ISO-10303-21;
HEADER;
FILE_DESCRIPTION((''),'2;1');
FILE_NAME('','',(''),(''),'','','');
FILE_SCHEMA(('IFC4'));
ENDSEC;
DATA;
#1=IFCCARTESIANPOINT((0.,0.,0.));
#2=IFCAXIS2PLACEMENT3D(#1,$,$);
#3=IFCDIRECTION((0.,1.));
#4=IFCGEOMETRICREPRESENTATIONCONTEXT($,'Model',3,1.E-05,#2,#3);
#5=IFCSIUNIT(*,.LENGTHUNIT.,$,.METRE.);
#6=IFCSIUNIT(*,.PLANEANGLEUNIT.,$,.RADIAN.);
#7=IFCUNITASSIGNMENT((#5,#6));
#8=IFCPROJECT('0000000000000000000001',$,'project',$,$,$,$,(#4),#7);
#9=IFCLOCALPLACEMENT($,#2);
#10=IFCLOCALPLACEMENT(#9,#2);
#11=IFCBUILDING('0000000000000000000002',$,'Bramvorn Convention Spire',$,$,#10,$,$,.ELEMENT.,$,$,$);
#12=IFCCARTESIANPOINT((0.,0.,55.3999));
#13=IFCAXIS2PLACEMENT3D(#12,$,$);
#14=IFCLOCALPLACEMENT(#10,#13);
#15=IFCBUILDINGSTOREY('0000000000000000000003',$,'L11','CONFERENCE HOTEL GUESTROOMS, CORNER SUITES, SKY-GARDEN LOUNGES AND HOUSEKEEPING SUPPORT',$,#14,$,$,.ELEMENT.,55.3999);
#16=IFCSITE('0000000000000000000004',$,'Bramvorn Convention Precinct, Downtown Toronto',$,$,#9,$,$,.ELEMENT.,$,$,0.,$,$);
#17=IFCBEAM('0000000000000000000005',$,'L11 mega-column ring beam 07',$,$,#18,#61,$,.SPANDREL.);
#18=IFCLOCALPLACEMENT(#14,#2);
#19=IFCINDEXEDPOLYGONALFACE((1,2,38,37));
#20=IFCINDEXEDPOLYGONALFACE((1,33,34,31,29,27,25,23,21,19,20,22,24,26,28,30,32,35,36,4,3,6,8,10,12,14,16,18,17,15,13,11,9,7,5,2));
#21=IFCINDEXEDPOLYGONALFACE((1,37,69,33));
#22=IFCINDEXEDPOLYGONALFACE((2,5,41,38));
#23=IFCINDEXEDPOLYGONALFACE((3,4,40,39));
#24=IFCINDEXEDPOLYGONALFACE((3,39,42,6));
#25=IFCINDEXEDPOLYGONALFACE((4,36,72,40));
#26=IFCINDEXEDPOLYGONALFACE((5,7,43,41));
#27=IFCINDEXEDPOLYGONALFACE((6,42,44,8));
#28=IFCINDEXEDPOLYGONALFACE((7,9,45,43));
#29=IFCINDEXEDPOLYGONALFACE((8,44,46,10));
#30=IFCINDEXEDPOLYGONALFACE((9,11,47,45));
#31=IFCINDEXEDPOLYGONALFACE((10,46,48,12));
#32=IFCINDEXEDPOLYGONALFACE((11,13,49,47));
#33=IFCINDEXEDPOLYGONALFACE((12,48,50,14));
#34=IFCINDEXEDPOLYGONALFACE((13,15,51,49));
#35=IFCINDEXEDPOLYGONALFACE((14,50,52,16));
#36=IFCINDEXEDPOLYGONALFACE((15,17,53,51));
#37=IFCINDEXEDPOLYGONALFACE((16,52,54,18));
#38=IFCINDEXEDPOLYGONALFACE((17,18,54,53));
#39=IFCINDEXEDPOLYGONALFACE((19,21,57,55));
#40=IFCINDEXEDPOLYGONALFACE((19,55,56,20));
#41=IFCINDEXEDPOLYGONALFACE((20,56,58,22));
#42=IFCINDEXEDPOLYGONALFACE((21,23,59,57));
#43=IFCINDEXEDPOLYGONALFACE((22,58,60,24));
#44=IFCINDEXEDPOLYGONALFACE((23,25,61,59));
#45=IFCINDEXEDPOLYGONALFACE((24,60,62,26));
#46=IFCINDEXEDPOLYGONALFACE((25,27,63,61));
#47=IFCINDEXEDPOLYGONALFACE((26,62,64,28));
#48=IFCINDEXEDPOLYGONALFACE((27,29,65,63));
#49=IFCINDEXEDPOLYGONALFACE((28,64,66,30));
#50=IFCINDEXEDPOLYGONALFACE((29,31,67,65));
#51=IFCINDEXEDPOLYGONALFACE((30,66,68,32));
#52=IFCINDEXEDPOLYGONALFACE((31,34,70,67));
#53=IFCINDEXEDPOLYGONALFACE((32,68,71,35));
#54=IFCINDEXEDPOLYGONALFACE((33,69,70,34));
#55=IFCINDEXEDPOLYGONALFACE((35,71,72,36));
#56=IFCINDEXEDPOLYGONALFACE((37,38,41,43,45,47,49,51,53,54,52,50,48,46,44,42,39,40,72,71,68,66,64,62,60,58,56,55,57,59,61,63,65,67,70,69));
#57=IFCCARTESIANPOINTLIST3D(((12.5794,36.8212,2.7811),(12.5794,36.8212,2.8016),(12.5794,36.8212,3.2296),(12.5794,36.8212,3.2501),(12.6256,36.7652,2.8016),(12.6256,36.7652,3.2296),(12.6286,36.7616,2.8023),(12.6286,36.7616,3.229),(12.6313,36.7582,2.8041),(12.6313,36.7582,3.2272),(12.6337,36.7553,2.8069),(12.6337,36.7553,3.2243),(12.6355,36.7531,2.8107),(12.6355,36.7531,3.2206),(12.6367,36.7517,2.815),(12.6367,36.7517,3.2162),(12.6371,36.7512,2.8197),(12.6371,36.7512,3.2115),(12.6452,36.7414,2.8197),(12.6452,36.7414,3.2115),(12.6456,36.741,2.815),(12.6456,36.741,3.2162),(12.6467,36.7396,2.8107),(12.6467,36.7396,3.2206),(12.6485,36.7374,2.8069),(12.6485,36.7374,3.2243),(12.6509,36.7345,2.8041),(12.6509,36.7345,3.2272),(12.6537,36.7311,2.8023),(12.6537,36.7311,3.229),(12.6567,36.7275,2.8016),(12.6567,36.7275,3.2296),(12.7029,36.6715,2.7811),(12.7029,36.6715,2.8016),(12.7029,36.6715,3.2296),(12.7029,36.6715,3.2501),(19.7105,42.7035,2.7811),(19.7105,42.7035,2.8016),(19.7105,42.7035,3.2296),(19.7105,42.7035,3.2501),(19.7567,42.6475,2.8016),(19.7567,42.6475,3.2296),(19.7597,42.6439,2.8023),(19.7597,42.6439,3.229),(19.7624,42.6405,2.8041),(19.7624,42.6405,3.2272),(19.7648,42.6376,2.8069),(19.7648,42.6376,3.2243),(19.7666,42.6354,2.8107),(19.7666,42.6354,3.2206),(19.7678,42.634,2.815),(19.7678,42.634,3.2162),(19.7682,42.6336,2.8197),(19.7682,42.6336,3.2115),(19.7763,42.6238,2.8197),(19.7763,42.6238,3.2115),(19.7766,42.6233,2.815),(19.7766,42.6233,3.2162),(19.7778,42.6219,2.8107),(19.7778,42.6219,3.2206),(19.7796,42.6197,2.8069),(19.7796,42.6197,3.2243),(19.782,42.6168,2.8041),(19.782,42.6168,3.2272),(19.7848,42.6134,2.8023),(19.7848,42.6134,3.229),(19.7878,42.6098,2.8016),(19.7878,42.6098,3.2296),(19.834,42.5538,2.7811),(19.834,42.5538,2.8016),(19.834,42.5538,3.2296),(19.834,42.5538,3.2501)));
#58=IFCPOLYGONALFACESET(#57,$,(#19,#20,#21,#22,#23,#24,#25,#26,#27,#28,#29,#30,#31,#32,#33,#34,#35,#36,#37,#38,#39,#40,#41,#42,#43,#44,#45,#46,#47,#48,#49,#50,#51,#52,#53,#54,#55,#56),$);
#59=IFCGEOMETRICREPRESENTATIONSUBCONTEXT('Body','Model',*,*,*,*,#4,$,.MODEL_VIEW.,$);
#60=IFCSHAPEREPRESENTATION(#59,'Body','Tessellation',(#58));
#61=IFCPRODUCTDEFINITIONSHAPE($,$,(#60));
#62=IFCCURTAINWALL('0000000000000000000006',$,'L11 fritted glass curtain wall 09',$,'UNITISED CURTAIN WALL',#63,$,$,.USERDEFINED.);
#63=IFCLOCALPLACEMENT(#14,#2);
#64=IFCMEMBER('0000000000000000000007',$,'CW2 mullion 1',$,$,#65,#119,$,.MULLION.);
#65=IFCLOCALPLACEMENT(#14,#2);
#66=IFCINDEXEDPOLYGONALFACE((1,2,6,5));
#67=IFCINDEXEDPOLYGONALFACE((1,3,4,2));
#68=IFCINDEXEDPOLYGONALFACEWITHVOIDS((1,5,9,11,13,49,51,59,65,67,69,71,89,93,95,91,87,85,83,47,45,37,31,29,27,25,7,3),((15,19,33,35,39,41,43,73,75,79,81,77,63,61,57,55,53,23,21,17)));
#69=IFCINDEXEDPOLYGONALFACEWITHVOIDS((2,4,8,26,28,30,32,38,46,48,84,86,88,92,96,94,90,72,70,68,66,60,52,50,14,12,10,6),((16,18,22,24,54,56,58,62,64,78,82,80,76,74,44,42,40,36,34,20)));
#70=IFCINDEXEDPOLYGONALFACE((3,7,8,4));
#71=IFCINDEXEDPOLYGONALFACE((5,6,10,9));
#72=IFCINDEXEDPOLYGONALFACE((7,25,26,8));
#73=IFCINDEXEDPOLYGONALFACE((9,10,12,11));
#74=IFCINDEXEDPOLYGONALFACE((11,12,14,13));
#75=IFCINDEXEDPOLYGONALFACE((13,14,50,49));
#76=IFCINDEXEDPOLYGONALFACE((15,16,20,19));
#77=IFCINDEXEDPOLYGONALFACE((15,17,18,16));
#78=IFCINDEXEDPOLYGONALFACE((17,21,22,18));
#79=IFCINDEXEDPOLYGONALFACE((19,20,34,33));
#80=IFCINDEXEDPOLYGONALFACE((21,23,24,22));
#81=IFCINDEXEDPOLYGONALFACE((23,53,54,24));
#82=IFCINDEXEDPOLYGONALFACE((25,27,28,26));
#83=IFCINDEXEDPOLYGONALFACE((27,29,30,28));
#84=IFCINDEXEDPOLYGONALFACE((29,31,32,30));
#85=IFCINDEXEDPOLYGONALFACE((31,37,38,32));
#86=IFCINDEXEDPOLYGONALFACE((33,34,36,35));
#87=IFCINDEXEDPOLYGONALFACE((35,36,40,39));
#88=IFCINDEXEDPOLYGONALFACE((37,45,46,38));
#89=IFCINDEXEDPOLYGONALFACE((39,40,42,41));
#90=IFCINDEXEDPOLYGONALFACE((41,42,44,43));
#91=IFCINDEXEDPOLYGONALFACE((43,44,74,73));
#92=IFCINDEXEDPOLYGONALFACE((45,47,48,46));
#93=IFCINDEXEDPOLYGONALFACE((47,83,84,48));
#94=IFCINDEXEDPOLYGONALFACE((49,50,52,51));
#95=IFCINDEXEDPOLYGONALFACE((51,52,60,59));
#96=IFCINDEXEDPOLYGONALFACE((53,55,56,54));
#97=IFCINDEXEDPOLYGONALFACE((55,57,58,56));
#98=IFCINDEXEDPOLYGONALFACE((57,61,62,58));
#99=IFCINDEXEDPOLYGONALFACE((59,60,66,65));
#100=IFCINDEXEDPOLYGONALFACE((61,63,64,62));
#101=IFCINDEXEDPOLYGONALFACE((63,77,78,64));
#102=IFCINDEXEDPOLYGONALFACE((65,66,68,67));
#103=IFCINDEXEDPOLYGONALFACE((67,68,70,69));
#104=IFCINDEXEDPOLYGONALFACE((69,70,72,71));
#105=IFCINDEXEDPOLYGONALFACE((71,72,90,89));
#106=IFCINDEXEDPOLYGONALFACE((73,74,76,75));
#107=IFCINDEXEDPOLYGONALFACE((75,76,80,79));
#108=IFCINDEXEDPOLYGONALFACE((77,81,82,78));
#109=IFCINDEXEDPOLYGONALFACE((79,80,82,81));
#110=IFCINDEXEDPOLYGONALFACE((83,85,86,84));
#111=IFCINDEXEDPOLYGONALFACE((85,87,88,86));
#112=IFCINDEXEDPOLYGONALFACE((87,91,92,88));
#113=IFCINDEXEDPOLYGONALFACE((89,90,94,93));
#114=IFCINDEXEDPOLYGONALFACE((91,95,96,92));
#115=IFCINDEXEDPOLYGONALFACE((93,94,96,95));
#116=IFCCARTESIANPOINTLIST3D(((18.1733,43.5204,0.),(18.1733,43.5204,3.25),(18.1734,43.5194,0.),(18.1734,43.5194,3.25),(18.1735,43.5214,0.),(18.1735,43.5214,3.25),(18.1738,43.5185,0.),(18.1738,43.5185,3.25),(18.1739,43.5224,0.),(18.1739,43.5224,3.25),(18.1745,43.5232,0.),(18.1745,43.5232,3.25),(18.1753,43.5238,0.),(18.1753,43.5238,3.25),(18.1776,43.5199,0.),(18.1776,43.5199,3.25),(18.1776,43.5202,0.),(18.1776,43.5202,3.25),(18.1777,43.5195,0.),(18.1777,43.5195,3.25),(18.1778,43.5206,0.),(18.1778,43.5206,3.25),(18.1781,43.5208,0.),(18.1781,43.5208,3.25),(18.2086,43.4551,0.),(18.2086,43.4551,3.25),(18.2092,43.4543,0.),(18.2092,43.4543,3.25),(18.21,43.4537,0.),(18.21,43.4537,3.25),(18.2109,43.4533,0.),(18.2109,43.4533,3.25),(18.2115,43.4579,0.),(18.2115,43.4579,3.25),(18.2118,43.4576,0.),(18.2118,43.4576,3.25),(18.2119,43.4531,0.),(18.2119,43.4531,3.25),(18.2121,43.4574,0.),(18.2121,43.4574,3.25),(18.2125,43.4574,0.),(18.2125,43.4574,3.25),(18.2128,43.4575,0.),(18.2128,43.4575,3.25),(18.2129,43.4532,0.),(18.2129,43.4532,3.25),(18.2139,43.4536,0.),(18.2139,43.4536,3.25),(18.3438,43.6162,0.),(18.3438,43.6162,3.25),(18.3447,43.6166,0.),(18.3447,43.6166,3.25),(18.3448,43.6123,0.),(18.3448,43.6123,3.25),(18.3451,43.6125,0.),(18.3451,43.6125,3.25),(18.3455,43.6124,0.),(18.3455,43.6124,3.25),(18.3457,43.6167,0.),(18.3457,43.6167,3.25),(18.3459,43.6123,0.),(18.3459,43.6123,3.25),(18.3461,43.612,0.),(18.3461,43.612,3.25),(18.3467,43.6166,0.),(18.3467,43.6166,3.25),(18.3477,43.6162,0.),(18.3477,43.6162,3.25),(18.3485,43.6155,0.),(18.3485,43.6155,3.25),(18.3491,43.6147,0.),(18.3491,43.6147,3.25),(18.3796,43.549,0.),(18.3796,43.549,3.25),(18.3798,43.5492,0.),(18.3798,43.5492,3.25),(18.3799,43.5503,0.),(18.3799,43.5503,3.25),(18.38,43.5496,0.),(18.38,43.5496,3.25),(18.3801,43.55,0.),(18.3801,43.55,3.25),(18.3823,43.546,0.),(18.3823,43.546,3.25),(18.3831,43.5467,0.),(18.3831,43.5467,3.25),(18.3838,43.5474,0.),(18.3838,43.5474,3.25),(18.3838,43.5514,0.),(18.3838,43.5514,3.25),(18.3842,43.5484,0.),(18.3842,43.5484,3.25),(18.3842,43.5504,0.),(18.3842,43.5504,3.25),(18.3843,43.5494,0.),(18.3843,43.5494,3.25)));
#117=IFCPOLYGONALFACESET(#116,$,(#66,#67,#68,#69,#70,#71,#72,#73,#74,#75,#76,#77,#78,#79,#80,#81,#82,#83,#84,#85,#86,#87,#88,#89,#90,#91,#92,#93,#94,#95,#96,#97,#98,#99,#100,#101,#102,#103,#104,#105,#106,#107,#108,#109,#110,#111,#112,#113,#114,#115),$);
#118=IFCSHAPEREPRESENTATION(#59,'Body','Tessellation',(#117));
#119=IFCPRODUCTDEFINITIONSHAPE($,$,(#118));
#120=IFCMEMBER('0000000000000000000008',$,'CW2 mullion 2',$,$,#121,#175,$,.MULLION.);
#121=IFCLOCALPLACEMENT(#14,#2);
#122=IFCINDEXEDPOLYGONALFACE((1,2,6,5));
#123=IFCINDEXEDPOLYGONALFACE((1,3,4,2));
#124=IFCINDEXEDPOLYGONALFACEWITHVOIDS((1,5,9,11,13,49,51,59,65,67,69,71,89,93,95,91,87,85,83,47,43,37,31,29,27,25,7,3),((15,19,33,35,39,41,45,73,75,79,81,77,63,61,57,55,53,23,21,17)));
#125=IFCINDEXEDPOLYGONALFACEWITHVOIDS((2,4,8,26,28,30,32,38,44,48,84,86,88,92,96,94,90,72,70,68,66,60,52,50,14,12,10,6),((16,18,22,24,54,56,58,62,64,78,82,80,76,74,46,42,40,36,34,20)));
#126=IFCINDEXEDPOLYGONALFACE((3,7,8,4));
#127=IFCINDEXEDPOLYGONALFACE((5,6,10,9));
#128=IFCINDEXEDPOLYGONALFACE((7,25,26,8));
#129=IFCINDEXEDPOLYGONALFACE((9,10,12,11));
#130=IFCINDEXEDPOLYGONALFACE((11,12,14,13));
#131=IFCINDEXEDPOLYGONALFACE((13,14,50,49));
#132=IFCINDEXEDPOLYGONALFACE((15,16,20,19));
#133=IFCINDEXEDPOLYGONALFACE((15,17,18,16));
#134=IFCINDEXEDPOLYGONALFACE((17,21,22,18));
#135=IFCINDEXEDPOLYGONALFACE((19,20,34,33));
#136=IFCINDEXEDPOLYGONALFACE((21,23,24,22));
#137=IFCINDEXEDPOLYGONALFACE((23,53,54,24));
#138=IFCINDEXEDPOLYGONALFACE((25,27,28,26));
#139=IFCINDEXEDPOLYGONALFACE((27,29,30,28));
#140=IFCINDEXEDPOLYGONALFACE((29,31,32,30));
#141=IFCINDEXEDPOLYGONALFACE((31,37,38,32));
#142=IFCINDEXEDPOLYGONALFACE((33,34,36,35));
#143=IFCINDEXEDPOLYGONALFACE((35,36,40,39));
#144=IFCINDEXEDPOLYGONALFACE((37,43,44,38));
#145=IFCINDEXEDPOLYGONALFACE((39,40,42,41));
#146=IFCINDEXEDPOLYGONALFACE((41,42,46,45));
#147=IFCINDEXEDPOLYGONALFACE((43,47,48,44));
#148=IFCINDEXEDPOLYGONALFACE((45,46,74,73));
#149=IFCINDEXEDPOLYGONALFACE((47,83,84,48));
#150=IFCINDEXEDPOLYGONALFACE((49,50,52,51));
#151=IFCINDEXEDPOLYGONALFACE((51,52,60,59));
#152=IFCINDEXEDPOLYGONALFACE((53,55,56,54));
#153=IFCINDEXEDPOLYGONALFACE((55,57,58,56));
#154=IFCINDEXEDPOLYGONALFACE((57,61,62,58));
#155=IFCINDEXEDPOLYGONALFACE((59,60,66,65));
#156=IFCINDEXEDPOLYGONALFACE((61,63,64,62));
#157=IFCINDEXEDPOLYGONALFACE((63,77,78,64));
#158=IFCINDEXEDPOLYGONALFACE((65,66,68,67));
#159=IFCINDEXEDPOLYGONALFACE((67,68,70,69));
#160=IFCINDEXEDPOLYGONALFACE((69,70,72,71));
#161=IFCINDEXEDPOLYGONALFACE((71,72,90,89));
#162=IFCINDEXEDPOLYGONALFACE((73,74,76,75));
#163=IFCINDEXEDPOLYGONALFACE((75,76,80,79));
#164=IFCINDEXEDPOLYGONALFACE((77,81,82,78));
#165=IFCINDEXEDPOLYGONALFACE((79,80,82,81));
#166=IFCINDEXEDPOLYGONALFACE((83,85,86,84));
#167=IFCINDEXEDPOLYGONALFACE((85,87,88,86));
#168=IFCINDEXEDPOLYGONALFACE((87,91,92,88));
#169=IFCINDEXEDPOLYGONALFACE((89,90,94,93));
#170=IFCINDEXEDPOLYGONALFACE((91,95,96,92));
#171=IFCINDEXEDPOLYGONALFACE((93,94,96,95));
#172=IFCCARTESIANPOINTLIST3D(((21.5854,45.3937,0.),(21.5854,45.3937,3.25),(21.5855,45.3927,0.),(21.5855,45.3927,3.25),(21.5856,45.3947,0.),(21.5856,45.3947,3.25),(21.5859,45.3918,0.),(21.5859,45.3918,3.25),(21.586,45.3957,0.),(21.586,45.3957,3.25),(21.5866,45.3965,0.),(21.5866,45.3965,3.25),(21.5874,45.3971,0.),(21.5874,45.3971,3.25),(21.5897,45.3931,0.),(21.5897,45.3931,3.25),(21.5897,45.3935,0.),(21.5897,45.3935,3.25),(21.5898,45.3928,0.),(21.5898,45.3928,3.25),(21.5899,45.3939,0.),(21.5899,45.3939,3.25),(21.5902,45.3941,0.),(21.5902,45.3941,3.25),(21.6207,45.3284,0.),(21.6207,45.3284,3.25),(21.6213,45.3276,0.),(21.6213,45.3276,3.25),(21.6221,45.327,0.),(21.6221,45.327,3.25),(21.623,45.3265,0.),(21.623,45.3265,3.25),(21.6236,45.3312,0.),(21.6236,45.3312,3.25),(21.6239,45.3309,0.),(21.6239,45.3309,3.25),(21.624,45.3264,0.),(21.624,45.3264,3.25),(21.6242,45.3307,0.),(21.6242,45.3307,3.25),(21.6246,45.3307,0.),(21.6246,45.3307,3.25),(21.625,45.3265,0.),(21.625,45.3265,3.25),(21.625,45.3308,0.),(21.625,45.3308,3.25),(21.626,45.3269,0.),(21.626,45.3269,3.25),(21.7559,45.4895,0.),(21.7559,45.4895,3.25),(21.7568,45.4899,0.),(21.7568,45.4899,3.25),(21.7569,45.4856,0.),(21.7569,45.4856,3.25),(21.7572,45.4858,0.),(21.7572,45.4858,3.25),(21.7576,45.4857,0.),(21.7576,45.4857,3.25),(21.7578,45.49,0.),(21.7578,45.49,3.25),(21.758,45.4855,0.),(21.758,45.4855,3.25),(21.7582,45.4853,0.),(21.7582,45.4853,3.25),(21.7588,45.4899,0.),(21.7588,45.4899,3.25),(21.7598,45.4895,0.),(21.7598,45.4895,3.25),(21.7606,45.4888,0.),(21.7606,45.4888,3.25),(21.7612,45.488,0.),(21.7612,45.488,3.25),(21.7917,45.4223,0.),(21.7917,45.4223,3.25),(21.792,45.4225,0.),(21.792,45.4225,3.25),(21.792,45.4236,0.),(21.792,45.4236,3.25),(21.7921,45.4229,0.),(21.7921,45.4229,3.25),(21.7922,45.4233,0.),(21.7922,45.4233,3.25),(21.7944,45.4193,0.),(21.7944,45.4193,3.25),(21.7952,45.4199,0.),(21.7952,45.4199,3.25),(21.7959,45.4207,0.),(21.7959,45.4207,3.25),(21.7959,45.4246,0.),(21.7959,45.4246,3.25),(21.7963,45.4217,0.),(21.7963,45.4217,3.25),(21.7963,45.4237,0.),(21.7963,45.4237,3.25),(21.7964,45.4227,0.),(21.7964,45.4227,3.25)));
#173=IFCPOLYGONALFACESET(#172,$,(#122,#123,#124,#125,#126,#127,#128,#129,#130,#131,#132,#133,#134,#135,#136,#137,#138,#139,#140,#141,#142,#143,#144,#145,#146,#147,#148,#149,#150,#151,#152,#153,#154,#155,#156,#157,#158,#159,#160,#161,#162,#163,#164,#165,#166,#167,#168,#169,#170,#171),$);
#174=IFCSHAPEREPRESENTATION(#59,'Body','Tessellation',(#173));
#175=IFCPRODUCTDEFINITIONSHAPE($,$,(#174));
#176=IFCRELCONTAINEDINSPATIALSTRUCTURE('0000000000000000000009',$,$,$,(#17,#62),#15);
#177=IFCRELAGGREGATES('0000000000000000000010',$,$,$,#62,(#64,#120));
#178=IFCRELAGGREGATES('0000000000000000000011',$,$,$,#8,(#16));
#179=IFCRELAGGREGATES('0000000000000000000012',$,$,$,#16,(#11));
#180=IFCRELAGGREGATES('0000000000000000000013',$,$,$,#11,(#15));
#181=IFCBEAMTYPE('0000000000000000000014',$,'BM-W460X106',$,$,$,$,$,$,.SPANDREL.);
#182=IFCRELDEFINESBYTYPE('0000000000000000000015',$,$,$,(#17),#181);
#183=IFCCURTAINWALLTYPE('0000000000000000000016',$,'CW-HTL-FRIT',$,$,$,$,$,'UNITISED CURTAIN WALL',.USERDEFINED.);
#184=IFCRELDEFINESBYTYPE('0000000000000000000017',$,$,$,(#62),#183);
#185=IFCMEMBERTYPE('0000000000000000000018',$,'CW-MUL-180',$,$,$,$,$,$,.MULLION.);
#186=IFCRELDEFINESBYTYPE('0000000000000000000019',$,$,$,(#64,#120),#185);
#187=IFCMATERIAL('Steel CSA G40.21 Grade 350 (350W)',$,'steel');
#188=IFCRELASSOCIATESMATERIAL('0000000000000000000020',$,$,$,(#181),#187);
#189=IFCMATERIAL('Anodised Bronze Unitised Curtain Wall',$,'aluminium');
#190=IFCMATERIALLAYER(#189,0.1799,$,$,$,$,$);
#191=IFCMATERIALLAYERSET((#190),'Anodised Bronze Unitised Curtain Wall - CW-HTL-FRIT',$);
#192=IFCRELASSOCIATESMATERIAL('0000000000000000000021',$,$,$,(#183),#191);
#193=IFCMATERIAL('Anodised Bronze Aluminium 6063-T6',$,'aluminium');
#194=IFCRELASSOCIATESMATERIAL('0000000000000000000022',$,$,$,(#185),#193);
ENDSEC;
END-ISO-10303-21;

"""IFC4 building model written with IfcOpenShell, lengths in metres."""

from ifc_helpers import new_model, si_unit, direction, frame, origin, origin_2d, place, context, subcontext, project, spatial, hollow_rectangle, i_section, extrude, material, layer, layer_set, material_profile, profile_set, type_object, element, aggregate, save


model = new_model("IFC4")

# Units and contexts
model_context = context("Model", 3, precision=1e-05, world=origin(), true_north=direction((0.0, 1.0)))
body_context = subcontext(model_context, "Body", "Model", "MODEL_VIEW")
ifc_project = project(units=[si_unit("LENGTHUNIT", "METRE"), si_unit("PLANEANGLEUNIT", "RADIAN")], contexts=[model_context])

# Site, building, storey
site_placement = place(None, origin())
site = spatial("IfcSite", under=ifc_project, at=site_placement, Name="Bramvorn Convention Precinct, Downtown Toronto", CompositionType="ELEMENT", RefElevation=0.0)
building_placement = place(site_placement, origin())
building = spatial("IfcBuilding", under=site, at=building_placement, Name="Bramvorn Convention Spire", CompositionType="ELEMENT")
storey_placement = place(building_placement, frame((0.0, 0.0, 55.3999)))
storey = spatial("IfcBuildingStorey", under=building, at=storey_placement, Name="L11", Description="CONFERENCE HOTEL GUESTROOMS, CORNER SUITES, SKY-GARDEN LOUNGES AND HOUSEKEEPING SUPPORT", CompositionType="ELEMENT", Elevation=55.3999)

# Shared definitions
ifc_material_1 = material(Name="Steel CSA G40.21 Grade 350 (350W)", Category="steel")

# Beam
ifc_material_profile_1 = material_profile(ifc_material_1, i_section(OverallWidth=0.1941, OverallDepth=0.469, WebThickness=0.0127, FlangeThickness=0.0205, FilletRadius=0.0181, at=origin_2d()))
ifc_profile_set_1 = profile_set([ifc_material_profile_1], Name="Steel CSA G40.21 Grade 350 (350W) - W460X106")
beam_type_1 = type_object("IfcBeamType", Name="BM-W460X106", PredefinedType="SPANDREL", material=ifc_profile_set_1)
beam_1_placement = place(storey_placement, frame((19.7722, 42.6287, 3.0156), z_axis=(-0.771418, -0.636329, 0.0), x_axis=(0.636329, -0.771418, 0.0)))
element("IfcBeam", 1, at=beam_1_placement, inside=storey, type_object=beam_type_1, Name="L11 mega-column ring beam 07", PredefinedType="SPANDREL", context=body_context, shape_type="SweptSolid", body=[
    extrude(i_section(OverallWidth=0.1941, OverallDepth=0.469, WebThickness=0.0127, FlangeThickness=0.0205, FilletRadius=0.0181, at=origin_2d()), origin(), (0.0, 0.0, 1.0), 9.2441),
])

# Curtain wall, members
ifc_material_2 = material(Name="Anodised Bronze Unitised Curtain Wall", Category="aluminium")
ifc_layer_1 = layer(ifc_material_2, 0.1799)
ifc_layer_set_1 = layer_set([ifc_layer_1], Name="Anodised Bronze Unitised Curtain Wall - CW-HTL-FRIT")
curtain_wall_type = type_object("IfcCurtainWallType", Name="CW-HTL-FRIT", ElementType="UNITISED CURTAIN WALL", PredefinedType="USERDEFINED", material=ifc_layer_set_1)
curtain_wall_1_placement = place(storey_placement, origin())
curtain_wall_1 = element("IfcCurtainWall", 2, at=curtain_wall_1_placement, inside=storey, type_object=curtain_wall_type, Name="L11 fritted glass curtain wall 09", ObjectType="UNITISED CURTAIN WALL", PredefinedType="USERDEFINED")
ifc_material_3 = material(Name="Anodised Bronze Aluminium 6063-T6", Category="aluminium")
ifc_material_profile_2 = material_profile(ifc_material_3, hollow_rectangle(XDim=0.0801, YDim=0.2, WallThickness=0.0039, InnerFilletRadius=0.001, OuterFilletRadius=0.0039, at=origin_2d()))
ifc_profile_set_2 = profile_set([ifc_material_profile_2], Name="Anodised Bronze Aluminium 6063-T6 - CWM80X200")
member_type_1 = type_object("IfcMemberType", Name="CW-MUL-180", PredefinedType="MULLION", material=ifc_profile_set_2)
member_1_placement = place(storey_placement, frame((18.2788, 43.5349, 0.0), z_axis=(0.0, 0.0, 1.0), x_axis=(-0.481255, 0.876581, 0.0)))
member_1 = element("IfcMember", 3, at=member_1_placement, type_object=member_type_1, Name="CW2 mullion 1", PredefinedType="MULLION", context=body_context, shape_type="SweptSolid", body=[
    extrude(hollow_rectangle(XDim=0.0801, YDim=0.2, WallThickness=0.0039, InnerFilletRadius=0.001, OuterFilletRadius=0.0039, at=origin_2d()), origin(), (0.0, 0.0, 1.0), 3.25),
])
member_2_placement = place(storey_placement, frame((21.6909, 45.4082, 0.0), z_axis=(0.0, 0.0, 1.0), x_axis=(-0.481255, 0.876581, 0.0)))
member_2 = element("IfcMember", 4, at=member_2_placement, type_object=member_type_1, Name="CW2 mullion 2", PredefinedType="MULLION", context=body_context, shape_type="SweptSolid", body=[
    extrude(hollow_rectangle(XDim=0.0801, YDim=0.2, WallThickness=0.0039, InnerFilletRadius=0.001, OuterFilletRadius=0.0039, at=origin_2d()), origin(), (0.0, 0.0, 1.0), 3.25),
])

aggregate(curtain_wall_1, [member_1, member_2])

save(model, "model.ifc")
